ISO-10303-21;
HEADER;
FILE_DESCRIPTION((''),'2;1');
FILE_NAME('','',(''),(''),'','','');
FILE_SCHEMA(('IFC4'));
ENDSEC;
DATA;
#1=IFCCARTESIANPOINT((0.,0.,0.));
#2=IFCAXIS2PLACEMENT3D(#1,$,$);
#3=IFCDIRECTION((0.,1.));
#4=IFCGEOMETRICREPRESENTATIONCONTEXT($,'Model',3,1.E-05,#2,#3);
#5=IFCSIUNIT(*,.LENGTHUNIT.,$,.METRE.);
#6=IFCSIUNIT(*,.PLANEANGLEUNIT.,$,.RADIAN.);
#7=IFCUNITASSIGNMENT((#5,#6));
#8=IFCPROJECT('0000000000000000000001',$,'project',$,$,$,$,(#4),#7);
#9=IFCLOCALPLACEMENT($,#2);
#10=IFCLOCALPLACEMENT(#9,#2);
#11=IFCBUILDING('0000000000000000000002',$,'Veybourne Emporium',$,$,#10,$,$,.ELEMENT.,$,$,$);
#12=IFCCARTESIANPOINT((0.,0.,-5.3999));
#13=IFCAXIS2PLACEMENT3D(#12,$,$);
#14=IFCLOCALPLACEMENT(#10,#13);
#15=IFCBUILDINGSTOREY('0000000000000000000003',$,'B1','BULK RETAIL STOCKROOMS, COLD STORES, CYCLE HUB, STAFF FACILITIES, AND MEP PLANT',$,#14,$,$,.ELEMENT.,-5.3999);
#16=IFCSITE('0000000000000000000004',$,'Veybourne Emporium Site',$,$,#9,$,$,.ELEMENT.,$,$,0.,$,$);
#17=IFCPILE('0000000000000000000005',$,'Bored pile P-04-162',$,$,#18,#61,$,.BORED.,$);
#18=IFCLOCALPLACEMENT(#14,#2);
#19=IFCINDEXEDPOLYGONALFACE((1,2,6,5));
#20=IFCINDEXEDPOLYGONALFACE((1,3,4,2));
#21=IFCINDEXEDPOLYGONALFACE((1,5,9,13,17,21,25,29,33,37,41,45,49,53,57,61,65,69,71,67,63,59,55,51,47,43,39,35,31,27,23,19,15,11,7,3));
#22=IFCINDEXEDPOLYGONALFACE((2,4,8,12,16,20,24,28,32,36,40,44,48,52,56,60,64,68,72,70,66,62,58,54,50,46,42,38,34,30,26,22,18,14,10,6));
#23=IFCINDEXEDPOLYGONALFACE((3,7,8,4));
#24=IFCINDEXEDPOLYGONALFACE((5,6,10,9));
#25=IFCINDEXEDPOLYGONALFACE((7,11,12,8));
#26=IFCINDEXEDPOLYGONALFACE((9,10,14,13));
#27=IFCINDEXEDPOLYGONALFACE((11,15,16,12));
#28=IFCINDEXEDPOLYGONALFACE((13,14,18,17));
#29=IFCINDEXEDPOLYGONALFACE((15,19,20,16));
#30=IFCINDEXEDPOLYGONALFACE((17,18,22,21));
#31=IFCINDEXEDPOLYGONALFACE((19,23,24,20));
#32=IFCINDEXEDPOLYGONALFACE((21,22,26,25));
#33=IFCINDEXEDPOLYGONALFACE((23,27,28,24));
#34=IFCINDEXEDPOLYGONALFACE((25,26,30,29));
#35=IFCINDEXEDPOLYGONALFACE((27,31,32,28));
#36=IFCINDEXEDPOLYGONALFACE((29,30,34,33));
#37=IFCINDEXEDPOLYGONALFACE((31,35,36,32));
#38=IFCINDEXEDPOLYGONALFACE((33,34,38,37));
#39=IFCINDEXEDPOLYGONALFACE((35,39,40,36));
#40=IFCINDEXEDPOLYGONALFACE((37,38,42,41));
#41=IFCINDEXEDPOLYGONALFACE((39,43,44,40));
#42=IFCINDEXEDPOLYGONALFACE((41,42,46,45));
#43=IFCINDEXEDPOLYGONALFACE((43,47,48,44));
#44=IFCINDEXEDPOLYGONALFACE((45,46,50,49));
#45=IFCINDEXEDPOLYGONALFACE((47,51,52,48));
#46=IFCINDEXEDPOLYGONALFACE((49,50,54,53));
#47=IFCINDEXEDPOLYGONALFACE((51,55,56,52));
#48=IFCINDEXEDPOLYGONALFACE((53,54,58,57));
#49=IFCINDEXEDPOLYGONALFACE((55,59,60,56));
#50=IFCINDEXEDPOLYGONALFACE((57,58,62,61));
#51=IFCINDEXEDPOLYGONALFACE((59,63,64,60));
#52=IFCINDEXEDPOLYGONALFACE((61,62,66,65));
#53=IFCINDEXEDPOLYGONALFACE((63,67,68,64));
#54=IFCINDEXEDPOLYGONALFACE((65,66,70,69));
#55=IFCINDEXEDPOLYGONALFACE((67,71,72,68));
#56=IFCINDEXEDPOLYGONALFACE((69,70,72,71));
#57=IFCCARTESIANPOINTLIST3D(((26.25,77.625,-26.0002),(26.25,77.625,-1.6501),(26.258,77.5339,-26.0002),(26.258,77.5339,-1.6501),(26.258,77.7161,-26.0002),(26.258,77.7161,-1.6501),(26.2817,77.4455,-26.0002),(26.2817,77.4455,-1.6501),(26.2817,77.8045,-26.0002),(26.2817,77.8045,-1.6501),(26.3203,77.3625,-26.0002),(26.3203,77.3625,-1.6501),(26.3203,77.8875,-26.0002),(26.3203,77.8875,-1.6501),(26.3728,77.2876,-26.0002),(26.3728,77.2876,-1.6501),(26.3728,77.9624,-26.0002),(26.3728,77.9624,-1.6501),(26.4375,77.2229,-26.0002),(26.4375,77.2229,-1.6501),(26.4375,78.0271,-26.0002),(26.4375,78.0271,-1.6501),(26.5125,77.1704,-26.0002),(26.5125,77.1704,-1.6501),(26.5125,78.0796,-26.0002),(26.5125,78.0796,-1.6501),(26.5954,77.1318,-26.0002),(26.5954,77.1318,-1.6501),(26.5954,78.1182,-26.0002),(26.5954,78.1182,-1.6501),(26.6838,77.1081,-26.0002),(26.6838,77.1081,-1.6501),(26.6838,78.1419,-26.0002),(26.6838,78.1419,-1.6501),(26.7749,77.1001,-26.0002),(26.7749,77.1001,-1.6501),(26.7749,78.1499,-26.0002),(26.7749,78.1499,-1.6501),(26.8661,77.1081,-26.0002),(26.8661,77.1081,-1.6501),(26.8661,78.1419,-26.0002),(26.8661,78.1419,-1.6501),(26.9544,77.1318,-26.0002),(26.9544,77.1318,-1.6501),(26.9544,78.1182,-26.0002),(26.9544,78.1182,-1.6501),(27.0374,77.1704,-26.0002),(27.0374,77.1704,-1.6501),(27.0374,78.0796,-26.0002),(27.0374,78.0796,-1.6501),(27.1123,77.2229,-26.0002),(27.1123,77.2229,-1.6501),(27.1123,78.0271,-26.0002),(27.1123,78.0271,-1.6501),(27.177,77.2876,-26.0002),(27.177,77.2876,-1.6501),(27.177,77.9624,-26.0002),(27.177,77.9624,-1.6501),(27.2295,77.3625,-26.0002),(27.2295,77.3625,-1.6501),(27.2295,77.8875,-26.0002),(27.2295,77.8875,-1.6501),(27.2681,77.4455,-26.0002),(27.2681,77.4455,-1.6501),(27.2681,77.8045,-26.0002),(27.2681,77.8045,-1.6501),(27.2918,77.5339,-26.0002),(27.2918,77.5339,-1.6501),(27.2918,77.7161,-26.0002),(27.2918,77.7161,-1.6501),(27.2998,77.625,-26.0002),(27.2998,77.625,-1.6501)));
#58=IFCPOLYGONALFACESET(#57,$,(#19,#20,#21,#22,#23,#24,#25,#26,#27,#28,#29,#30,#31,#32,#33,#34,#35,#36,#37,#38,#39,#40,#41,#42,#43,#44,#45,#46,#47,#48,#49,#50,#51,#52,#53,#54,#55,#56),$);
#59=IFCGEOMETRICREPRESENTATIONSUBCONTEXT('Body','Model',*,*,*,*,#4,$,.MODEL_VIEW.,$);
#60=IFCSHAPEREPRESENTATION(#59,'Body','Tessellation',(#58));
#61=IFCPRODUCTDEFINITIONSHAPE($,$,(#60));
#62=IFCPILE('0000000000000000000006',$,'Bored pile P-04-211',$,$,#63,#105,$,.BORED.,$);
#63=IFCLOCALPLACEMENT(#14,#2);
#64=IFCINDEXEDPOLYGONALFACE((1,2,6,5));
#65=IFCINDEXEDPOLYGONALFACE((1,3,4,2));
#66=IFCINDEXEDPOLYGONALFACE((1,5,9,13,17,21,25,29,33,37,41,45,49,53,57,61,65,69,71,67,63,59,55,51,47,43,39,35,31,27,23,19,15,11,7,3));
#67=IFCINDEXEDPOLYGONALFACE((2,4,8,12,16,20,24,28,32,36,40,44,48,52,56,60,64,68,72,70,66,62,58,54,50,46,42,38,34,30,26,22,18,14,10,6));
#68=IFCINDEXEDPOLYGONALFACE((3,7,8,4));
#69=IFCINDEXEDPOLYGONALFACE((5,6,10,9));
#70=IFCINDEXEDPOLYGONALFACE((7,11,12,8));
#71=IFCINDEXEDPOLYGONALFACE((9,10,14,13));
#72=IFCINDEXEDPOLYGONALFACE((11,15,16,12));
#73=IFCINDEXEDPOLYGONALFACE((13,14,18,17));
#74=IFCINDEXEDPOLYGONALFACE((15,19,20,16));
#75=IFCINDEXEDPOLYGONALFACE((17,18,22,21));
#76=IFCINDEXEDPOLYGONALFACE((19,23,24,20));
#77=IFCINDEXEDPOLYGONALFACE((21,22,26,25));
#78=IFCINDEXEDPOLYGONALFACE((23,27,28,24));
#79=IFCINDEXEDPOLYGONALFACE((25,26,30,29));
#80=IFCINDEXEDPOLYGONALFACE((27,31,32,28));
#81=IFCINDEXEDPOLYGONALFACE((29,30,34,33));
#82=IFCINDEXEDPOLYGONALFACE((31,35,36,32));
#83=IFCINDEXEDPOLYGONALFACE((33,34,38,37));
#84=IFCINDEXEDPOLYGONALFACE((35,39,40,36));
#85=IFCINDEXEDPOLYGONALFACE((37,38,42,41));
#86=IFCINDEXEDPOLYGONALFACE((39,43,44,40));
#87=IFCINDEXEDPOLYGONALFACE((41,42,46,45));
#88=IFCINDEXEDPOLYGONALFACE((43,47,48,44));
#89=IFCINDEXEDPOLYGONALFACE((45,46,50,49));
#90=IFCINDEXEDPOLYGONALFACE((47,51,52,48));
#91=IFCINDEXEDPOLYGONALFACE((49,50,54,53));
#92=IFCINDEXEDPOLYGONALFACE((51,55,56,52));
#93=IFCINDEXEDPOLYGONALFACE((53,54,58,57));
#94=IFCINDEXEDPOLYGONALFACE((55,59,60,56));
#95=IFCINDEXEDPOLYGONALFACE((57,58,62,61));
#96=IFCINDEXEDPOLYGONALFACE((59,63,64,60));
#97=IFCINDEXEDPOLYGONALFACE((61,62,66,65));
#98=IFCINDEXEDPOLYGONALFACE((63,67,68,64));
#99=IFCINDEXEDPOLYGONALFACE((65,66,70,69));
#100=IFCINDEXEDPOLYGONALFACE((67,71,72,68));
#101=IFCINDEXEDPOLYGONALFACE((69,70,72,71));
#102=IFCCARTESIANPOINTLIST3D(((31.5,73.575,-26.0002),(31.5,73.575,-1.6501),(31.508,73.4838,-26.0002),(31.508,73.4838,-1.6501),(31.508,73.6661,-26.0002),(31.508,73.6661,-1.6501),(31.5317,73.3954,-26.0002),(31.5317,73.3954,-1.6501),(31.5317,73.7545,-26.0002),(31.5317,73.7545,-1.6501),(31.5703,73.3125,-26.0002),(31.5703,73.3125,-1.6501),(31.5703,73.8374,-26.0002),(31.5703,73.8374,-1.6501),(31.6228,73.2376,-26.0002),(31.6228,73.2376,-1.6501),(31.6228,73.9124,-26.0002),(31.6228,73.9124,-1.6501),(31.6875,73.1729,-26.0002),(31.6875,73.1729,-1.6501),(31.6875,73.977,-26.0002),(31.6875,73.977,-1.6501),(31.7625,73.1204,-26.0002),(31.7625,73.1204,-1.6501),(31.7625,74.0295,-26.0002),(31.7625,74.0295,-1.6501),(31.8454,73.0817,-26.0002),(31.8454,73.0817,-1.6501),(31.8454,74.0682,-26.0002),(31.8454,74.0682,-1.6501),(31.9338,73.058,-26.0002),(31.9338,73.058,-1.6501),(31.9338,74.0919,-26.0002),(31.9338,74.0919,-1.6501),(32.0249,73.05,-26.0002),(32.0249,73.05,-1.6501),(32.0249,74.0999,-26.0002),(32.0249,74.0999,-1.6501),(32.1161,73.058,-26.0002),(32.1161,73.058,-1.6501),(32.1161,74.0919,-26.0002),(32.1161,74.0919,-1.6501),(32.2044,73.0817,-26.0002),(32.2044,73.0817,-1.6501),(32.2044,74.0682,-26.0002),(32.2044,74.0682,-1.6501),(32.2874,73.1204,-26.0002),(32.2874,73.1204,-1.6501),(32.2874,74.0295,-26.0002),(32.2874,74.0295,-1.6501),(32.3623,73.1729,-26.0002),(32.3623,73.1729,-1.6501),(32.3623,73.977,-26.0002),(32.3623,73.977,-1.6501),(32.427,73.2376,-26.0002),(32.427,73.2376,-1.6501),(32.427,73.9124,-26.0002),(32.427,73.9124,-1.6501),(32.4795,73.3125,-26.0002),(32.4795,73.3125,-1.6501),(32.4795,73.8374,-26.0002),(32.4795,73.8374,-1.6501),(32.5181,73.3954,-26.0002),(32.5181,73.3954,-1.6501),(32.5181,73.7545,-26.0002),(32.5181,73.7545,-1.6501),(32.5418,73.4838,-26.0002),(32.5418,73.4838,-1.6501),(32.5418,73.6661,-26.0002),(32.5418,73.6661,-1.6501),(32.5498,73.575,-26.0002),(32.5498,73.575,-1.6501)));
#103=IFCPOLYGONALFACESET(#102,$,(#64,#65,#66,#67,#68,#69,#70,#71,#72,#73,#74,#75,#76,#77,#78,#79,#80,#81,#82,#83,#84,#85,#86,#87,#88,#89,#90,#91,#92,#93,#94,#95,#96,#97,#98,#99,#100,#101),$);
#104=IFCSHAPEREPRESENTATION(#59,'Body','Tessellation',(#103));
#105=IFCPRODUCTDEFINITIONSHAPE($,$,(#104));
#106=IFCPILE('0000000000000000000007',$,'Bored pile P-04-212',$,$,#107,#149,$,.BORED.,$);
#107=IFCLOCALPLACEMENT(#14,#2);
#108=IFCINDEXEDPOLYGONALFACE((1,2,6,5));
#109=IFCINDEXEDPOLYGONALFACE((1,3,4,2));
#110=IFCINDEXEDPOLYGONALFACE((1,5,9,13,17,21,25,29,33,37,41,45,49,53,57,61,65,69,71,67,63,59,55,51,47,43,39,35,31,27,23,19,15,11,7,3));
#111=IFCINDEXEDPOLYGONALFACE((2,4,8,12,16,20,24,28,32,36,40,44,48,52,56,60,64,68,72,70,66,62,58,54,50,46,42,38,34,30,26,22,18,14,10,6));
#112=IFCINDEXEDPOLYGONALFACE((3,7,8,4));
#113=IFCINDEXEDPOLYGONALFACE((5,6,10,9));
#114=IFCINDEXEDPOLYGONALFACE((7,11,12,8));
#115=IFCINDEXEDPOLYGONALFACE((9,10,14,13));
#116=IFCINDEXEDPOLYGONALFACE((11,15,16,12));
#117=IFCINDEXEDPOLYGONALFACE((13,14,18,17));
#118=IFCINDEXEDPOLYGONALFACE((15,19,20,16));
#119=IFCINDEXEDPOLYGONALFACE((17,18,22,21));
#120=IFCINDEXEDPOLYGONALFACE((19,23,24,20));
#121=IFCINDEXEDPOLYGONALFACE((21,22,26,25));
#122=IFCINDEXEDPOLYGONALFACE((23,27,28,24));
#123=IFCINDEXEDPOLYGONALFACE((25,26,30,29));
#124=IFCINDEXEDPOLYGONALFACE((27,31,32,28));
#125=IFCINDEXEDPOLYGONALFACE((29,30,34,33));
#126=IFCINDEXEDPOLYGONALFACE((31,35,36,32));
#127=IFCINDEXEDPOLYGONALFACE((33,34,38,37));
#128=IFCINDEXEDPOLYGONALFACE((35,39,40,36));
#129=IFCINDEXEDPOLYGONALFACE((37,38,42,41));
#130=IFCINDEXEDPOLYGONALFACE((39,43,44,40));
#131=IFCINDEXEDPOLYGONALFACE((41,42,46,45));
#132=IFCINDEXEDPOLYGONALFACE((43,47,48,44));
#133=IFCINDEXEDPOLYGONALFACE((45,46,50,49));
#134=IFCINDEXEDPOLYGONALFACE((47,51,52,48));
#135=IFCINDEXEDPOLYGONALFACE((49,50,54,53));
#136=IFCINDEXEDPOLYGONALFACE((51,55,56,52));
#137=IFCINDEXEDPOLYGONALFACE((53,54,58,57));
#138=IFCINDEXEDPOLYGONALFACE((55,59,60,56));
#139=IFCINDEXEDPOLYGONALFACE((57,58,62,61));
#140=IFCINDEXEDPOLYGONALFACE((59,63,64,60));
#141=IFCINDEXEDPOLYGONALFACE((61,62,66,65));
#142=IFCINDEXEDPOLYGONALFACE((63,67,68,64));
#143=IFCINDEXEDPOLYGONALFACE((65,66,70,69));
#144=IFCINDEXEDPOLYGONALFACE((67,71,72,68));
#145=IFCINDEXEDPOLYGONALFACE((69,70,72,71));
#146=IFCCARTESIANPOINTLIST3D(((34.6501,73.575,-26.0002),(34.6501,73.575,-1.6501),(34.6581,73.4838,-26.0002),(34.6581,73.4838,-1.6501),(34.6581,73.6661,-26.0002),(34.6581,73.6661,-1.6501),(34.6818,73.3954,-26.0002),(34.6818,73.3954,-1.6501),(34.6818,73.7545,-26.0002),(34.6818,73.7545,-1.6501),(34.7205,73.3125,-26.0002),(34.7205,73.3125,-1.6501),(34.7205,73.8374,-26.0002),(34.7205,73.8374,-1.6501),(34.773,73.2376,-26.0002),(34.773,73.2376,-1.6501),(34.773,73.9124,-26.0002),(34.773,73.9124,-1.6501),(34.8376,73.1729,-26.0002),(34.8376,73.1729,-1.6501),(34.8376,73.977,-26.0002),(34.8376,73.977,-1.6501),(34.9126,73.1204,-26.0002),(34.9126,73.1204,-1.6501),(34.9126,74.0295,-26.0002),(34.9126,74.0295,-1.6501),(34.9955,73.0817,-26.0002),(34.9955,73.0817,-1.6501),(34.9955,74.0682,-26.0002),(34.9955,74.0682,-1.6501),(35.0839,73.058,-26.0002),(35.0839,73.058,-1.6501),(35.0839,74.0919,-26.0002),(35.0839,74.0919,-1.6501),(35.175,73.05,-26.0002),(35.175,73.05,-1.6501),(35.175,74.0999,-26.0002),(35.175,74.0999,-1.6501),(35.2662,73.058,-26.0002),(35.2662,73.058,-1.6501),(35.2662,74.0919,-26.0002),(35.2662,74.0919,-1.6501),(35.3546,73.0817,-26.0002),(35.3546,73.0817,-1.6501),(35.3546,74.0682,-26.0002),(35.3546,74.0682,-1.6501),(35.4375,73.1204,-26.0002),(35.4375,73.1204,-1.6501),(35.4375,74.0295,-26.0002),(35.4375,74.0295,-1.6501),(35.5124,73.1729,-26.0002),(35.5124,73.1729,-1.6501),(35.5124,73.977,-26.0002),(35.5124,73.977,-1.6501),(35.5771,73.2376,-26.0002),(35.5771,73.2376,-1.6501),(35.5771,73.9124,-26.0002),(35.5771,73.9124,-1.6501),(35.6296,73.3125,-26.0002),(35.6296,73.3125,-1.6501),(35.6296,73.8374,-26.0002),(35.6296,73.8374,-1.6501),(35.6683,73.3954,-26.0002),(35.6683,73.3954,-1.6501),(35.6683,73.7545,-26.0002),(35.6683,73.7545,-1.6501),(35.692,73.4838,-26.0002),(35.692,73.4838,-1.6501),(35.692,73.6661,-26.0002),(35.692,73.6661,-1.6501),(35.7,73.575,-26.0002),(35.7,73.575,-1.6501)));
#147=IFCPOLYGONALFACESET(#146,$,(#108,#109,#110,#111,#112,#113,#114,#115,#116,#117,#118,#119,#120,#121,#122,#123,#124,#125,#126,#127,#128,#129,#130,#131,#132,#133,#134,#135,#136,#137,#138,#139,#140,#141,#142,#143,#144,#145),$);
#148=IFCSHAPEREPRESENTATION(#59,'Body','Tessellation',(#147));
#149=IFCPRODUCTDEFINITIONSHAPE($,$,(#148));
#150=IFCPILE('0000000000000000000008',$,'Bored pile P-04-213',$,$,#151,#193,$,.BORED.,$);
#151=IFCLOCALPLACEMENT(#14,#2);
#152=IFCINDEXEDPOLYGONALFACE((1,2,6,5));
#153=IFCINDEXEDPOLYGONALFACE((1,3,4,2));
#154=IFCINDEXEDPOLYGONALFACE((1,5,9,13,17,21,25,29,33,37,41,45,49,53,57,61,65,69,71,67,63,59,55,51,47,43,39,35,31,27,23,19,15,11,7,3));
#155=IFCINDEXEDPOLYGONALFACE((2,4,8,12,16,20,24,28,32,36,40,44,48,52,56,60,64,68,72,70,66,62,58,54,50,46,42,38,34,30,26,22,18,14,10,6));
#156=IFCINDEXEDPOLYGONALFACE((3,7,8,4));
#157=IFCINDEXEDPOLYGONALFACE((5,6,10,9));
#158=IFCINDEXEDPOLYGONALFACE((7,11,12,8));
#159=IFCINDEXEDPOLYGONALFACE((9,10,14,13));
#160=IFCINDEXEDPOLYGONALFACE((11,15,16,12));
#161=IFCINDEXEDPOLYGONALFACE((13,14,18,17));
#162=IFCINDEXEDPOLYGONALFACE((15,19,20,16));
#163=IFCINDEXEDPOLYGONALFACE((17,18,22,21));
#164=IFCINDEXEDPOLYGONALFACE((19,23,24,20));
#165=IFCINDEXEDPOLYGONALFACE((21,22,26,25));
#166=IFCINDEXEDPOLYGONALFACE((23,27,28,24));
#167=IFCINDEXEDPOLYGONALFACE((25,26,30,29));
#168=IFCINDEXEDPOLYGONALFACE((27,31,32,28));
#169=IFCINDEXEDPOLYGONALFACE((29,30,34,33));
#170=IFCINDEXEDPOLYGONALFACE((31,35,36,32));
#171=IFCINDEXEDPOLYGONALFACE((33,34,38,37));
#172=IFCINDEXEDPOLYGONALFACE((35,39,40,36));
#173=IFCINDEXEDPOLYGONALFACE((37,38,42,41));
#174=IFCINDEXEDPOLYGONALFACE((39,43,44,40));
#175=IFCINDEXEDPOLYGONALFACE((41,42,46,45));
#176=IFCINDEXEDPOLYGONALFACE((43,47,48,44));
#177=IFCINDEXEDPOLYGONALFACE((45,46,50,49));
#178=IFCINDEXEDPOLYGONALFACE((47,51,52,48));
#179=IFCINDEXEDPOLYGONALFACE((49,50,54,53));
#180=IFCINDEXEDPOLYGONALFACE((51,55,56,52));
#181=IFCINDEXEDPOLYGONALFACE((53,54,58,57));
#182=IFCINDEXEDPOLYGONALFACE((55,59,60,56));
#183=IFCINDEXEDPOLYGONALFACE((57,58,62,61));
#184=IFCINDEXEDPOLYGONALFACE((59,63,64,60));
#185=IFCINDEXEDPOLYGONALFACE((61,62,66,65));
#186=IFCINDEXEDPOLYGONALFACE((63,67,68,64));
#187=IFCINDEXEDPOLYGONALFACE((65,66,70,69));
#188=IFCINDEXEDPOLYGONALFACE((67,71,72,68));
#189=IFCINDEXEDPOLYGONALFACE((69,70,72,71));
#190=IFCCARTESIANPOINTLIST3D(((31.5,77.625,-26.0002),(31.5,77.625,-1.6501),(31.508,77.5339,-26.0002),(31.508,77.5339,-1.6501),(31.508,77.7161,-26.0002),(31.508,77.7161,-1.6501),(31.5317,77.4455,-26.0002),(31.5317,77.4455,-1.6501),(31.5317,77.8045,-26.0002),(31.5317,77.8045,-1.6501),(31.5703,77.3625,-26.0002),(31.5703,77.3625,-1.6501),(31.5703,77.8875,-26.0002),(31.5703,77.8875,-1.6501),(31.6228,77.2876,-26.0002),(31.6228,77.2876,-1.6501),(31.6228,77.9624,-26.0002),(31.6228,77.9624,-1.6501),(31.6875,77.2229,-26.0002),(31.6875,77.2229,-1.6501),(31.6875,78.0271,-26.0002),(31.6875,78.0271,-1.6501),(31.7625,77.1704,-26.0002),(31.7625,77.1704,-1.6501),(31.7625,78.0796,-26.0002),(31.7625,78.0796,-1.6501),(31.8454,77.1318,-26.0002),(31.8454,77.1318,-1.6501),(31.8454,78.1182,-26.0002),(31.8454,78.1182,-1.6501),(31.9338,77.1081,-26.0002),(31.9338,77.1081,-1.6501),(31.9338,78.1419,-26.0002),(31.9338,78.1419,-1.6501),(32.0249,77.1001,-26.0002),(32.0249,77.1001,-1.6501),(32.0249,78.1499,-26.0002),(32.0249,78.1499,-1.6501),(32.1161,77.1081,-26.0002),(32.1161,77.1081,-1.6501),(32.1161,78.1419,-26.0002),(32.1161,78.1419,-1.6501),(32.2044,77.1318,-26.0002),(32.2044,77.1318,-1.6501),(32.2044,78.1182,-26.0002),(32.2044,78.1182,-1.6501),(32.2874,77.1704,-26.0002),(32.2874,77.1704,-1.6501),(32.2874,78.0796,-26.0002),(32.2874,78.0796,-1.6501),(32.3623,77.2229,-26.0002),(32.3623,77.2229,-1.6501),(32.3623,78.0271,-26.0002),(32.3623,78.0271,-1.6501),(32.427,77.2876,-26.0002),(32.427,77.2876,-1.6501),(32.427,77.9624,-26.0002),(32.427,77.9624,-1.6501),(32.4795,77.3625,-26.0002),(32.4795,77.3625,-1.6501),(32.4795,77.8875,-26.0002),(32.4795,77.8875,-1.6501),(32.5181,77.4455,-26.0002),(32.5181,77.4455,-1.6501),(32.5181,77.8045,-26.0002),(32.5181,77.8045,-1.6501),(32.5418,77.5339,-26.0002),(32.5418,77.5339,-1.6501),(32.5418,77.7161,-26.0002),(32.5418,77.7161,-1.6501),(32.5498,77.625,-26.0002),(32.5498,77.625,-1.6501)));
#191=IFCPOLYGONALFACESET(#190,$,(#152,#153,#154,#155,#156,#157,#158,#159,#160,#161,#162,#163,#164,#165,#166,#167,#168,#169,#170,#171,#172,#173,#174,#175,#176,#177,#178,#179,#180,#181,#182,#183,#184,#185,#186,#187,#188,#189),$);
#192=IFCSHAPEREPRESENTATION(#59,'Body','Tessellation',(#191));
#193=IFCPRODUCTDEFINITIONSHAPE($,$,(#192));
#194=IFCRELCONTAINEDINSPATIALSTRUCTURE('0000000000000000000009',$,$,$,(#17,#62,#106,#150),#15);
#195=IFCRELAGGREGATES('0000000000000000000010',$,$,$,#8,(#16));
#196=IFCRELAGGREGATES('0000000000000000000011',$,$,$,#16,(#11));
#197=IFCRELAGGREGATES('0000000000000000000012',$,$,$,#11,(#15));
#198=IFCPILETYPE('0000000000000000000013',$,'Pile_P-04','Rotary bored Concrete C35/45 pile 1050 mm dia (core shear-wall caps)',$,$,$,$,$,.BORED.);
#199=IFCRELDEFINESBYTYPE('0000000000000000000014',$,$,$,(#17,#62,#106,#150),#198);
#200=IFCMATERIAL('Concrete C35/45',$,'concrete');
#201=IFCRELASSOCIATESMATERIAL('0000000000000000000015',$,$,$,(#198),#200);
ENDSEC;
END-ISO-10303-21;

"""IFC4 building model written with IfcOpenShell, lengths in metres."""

from ifc_helpers import new_model, si_unit, direction, frame, origin, origin_2d, place, context, subcontext, project, spatial, circle, extrude, material, material_profile, profile_set, type_object, element, save


model = new_model("IFC4")

# Units and contexts
model_context = context("Model", 3, precision=1e-05, world=origin(), true_north=direction((0.0, 1.0)))
body_context = subcontext(model_context, "Body", "Model", "MODEL_VIEW")
ifc_project = project(units=[si_unit("LENGTHUNIT", "METRE"), si_unit("PLANEANGLEUNIT", "RADIAN")], contexts=[model_context])

# Site, building, storey
site_placement = place(None, origin())
site = spatial("IfcSite", under=ifc_project, at=site_placement, Name="Veybourne Emporium Site", CompositionType="ELEMENT", RefElevation=0.0)
building_placement = place(site_placement, origin())
building = spatial("IfcBuilding", under=site, at=building_placement, Name="Veybourne Emporium", CompositionType="ELEMENT")
storey_placement = place(building_placement, frame((0.0, 0.0, -5.3999)))
storey = spatial("IfcBuildingStorey", under=building, at=storey_placement, Name="B1", Description="BULK RETAIL STOCKROOMS, COLD STORES, CYCLE HUB, STAFF FACILITIES, AND MEP PLANT", CompositionType="ELEMENT", Elevation=-5.3999)

# Shared definitions
ifc_material_1 = material(Name="Concrete C35/45", Category="concrete")

# Piles
ifc_material_profile_1 = material_profile(ifc_material_1, circle(Radius=0.5249, at=origin_2d()), Name="BORED PILE 1050")
ifc_profile_set_1 = profile_set([ifc_material_profile_1], Name="Concrete C35/45")
pile_type_1 = type_object("IfcPileType", Name="Pile_P-04", Description="Rotary bored Concrete C35/45 pile 1050 mm dia (core shear-wall caps)", PredefinedType="BORED", material=ifc_profile_set_1)
for number, where, z_axis, x_axis, name in (
    (1, (26.7749, 77.625, -1.6501), (0.0, 0.0, -1.0), (1.0, 0.0, 0.0), "Bored pile P-04-162"),
    (2, (32.0249, 73.575, -1.6501), (0.0, 0.0, -1.0), (1.0, 0.0, 0.0), "Bored pile P-04-211"),
    (3, (35.175, 73.575, -1.6501), (0.0, 0.0, -1.0), (1.0, 0.0, 0.0), "Bored pile P-04-212"),
    (4, (32.0249, 77.625, -1.6501), (0.0, 0.0, -1.0), (1.0, 0.0, 0.0), "Bored pile P-04-213"),
):
    element("IfcPile", number, at=place(storey_placement, frame(where, z_axis=z_axis, x_axis=x_axis)), inside=storey, type_object=pile_type_1, Name=name, PredefinedType="BORED", context=body_context, shape_type="SweptSolid", body=[
        extrude(circle(Radius=0.5249, at=origin_2d()), origin(), (0.0, 0.0, 1.0), 24.3501),
    ])

save(model, "model.ifc")
